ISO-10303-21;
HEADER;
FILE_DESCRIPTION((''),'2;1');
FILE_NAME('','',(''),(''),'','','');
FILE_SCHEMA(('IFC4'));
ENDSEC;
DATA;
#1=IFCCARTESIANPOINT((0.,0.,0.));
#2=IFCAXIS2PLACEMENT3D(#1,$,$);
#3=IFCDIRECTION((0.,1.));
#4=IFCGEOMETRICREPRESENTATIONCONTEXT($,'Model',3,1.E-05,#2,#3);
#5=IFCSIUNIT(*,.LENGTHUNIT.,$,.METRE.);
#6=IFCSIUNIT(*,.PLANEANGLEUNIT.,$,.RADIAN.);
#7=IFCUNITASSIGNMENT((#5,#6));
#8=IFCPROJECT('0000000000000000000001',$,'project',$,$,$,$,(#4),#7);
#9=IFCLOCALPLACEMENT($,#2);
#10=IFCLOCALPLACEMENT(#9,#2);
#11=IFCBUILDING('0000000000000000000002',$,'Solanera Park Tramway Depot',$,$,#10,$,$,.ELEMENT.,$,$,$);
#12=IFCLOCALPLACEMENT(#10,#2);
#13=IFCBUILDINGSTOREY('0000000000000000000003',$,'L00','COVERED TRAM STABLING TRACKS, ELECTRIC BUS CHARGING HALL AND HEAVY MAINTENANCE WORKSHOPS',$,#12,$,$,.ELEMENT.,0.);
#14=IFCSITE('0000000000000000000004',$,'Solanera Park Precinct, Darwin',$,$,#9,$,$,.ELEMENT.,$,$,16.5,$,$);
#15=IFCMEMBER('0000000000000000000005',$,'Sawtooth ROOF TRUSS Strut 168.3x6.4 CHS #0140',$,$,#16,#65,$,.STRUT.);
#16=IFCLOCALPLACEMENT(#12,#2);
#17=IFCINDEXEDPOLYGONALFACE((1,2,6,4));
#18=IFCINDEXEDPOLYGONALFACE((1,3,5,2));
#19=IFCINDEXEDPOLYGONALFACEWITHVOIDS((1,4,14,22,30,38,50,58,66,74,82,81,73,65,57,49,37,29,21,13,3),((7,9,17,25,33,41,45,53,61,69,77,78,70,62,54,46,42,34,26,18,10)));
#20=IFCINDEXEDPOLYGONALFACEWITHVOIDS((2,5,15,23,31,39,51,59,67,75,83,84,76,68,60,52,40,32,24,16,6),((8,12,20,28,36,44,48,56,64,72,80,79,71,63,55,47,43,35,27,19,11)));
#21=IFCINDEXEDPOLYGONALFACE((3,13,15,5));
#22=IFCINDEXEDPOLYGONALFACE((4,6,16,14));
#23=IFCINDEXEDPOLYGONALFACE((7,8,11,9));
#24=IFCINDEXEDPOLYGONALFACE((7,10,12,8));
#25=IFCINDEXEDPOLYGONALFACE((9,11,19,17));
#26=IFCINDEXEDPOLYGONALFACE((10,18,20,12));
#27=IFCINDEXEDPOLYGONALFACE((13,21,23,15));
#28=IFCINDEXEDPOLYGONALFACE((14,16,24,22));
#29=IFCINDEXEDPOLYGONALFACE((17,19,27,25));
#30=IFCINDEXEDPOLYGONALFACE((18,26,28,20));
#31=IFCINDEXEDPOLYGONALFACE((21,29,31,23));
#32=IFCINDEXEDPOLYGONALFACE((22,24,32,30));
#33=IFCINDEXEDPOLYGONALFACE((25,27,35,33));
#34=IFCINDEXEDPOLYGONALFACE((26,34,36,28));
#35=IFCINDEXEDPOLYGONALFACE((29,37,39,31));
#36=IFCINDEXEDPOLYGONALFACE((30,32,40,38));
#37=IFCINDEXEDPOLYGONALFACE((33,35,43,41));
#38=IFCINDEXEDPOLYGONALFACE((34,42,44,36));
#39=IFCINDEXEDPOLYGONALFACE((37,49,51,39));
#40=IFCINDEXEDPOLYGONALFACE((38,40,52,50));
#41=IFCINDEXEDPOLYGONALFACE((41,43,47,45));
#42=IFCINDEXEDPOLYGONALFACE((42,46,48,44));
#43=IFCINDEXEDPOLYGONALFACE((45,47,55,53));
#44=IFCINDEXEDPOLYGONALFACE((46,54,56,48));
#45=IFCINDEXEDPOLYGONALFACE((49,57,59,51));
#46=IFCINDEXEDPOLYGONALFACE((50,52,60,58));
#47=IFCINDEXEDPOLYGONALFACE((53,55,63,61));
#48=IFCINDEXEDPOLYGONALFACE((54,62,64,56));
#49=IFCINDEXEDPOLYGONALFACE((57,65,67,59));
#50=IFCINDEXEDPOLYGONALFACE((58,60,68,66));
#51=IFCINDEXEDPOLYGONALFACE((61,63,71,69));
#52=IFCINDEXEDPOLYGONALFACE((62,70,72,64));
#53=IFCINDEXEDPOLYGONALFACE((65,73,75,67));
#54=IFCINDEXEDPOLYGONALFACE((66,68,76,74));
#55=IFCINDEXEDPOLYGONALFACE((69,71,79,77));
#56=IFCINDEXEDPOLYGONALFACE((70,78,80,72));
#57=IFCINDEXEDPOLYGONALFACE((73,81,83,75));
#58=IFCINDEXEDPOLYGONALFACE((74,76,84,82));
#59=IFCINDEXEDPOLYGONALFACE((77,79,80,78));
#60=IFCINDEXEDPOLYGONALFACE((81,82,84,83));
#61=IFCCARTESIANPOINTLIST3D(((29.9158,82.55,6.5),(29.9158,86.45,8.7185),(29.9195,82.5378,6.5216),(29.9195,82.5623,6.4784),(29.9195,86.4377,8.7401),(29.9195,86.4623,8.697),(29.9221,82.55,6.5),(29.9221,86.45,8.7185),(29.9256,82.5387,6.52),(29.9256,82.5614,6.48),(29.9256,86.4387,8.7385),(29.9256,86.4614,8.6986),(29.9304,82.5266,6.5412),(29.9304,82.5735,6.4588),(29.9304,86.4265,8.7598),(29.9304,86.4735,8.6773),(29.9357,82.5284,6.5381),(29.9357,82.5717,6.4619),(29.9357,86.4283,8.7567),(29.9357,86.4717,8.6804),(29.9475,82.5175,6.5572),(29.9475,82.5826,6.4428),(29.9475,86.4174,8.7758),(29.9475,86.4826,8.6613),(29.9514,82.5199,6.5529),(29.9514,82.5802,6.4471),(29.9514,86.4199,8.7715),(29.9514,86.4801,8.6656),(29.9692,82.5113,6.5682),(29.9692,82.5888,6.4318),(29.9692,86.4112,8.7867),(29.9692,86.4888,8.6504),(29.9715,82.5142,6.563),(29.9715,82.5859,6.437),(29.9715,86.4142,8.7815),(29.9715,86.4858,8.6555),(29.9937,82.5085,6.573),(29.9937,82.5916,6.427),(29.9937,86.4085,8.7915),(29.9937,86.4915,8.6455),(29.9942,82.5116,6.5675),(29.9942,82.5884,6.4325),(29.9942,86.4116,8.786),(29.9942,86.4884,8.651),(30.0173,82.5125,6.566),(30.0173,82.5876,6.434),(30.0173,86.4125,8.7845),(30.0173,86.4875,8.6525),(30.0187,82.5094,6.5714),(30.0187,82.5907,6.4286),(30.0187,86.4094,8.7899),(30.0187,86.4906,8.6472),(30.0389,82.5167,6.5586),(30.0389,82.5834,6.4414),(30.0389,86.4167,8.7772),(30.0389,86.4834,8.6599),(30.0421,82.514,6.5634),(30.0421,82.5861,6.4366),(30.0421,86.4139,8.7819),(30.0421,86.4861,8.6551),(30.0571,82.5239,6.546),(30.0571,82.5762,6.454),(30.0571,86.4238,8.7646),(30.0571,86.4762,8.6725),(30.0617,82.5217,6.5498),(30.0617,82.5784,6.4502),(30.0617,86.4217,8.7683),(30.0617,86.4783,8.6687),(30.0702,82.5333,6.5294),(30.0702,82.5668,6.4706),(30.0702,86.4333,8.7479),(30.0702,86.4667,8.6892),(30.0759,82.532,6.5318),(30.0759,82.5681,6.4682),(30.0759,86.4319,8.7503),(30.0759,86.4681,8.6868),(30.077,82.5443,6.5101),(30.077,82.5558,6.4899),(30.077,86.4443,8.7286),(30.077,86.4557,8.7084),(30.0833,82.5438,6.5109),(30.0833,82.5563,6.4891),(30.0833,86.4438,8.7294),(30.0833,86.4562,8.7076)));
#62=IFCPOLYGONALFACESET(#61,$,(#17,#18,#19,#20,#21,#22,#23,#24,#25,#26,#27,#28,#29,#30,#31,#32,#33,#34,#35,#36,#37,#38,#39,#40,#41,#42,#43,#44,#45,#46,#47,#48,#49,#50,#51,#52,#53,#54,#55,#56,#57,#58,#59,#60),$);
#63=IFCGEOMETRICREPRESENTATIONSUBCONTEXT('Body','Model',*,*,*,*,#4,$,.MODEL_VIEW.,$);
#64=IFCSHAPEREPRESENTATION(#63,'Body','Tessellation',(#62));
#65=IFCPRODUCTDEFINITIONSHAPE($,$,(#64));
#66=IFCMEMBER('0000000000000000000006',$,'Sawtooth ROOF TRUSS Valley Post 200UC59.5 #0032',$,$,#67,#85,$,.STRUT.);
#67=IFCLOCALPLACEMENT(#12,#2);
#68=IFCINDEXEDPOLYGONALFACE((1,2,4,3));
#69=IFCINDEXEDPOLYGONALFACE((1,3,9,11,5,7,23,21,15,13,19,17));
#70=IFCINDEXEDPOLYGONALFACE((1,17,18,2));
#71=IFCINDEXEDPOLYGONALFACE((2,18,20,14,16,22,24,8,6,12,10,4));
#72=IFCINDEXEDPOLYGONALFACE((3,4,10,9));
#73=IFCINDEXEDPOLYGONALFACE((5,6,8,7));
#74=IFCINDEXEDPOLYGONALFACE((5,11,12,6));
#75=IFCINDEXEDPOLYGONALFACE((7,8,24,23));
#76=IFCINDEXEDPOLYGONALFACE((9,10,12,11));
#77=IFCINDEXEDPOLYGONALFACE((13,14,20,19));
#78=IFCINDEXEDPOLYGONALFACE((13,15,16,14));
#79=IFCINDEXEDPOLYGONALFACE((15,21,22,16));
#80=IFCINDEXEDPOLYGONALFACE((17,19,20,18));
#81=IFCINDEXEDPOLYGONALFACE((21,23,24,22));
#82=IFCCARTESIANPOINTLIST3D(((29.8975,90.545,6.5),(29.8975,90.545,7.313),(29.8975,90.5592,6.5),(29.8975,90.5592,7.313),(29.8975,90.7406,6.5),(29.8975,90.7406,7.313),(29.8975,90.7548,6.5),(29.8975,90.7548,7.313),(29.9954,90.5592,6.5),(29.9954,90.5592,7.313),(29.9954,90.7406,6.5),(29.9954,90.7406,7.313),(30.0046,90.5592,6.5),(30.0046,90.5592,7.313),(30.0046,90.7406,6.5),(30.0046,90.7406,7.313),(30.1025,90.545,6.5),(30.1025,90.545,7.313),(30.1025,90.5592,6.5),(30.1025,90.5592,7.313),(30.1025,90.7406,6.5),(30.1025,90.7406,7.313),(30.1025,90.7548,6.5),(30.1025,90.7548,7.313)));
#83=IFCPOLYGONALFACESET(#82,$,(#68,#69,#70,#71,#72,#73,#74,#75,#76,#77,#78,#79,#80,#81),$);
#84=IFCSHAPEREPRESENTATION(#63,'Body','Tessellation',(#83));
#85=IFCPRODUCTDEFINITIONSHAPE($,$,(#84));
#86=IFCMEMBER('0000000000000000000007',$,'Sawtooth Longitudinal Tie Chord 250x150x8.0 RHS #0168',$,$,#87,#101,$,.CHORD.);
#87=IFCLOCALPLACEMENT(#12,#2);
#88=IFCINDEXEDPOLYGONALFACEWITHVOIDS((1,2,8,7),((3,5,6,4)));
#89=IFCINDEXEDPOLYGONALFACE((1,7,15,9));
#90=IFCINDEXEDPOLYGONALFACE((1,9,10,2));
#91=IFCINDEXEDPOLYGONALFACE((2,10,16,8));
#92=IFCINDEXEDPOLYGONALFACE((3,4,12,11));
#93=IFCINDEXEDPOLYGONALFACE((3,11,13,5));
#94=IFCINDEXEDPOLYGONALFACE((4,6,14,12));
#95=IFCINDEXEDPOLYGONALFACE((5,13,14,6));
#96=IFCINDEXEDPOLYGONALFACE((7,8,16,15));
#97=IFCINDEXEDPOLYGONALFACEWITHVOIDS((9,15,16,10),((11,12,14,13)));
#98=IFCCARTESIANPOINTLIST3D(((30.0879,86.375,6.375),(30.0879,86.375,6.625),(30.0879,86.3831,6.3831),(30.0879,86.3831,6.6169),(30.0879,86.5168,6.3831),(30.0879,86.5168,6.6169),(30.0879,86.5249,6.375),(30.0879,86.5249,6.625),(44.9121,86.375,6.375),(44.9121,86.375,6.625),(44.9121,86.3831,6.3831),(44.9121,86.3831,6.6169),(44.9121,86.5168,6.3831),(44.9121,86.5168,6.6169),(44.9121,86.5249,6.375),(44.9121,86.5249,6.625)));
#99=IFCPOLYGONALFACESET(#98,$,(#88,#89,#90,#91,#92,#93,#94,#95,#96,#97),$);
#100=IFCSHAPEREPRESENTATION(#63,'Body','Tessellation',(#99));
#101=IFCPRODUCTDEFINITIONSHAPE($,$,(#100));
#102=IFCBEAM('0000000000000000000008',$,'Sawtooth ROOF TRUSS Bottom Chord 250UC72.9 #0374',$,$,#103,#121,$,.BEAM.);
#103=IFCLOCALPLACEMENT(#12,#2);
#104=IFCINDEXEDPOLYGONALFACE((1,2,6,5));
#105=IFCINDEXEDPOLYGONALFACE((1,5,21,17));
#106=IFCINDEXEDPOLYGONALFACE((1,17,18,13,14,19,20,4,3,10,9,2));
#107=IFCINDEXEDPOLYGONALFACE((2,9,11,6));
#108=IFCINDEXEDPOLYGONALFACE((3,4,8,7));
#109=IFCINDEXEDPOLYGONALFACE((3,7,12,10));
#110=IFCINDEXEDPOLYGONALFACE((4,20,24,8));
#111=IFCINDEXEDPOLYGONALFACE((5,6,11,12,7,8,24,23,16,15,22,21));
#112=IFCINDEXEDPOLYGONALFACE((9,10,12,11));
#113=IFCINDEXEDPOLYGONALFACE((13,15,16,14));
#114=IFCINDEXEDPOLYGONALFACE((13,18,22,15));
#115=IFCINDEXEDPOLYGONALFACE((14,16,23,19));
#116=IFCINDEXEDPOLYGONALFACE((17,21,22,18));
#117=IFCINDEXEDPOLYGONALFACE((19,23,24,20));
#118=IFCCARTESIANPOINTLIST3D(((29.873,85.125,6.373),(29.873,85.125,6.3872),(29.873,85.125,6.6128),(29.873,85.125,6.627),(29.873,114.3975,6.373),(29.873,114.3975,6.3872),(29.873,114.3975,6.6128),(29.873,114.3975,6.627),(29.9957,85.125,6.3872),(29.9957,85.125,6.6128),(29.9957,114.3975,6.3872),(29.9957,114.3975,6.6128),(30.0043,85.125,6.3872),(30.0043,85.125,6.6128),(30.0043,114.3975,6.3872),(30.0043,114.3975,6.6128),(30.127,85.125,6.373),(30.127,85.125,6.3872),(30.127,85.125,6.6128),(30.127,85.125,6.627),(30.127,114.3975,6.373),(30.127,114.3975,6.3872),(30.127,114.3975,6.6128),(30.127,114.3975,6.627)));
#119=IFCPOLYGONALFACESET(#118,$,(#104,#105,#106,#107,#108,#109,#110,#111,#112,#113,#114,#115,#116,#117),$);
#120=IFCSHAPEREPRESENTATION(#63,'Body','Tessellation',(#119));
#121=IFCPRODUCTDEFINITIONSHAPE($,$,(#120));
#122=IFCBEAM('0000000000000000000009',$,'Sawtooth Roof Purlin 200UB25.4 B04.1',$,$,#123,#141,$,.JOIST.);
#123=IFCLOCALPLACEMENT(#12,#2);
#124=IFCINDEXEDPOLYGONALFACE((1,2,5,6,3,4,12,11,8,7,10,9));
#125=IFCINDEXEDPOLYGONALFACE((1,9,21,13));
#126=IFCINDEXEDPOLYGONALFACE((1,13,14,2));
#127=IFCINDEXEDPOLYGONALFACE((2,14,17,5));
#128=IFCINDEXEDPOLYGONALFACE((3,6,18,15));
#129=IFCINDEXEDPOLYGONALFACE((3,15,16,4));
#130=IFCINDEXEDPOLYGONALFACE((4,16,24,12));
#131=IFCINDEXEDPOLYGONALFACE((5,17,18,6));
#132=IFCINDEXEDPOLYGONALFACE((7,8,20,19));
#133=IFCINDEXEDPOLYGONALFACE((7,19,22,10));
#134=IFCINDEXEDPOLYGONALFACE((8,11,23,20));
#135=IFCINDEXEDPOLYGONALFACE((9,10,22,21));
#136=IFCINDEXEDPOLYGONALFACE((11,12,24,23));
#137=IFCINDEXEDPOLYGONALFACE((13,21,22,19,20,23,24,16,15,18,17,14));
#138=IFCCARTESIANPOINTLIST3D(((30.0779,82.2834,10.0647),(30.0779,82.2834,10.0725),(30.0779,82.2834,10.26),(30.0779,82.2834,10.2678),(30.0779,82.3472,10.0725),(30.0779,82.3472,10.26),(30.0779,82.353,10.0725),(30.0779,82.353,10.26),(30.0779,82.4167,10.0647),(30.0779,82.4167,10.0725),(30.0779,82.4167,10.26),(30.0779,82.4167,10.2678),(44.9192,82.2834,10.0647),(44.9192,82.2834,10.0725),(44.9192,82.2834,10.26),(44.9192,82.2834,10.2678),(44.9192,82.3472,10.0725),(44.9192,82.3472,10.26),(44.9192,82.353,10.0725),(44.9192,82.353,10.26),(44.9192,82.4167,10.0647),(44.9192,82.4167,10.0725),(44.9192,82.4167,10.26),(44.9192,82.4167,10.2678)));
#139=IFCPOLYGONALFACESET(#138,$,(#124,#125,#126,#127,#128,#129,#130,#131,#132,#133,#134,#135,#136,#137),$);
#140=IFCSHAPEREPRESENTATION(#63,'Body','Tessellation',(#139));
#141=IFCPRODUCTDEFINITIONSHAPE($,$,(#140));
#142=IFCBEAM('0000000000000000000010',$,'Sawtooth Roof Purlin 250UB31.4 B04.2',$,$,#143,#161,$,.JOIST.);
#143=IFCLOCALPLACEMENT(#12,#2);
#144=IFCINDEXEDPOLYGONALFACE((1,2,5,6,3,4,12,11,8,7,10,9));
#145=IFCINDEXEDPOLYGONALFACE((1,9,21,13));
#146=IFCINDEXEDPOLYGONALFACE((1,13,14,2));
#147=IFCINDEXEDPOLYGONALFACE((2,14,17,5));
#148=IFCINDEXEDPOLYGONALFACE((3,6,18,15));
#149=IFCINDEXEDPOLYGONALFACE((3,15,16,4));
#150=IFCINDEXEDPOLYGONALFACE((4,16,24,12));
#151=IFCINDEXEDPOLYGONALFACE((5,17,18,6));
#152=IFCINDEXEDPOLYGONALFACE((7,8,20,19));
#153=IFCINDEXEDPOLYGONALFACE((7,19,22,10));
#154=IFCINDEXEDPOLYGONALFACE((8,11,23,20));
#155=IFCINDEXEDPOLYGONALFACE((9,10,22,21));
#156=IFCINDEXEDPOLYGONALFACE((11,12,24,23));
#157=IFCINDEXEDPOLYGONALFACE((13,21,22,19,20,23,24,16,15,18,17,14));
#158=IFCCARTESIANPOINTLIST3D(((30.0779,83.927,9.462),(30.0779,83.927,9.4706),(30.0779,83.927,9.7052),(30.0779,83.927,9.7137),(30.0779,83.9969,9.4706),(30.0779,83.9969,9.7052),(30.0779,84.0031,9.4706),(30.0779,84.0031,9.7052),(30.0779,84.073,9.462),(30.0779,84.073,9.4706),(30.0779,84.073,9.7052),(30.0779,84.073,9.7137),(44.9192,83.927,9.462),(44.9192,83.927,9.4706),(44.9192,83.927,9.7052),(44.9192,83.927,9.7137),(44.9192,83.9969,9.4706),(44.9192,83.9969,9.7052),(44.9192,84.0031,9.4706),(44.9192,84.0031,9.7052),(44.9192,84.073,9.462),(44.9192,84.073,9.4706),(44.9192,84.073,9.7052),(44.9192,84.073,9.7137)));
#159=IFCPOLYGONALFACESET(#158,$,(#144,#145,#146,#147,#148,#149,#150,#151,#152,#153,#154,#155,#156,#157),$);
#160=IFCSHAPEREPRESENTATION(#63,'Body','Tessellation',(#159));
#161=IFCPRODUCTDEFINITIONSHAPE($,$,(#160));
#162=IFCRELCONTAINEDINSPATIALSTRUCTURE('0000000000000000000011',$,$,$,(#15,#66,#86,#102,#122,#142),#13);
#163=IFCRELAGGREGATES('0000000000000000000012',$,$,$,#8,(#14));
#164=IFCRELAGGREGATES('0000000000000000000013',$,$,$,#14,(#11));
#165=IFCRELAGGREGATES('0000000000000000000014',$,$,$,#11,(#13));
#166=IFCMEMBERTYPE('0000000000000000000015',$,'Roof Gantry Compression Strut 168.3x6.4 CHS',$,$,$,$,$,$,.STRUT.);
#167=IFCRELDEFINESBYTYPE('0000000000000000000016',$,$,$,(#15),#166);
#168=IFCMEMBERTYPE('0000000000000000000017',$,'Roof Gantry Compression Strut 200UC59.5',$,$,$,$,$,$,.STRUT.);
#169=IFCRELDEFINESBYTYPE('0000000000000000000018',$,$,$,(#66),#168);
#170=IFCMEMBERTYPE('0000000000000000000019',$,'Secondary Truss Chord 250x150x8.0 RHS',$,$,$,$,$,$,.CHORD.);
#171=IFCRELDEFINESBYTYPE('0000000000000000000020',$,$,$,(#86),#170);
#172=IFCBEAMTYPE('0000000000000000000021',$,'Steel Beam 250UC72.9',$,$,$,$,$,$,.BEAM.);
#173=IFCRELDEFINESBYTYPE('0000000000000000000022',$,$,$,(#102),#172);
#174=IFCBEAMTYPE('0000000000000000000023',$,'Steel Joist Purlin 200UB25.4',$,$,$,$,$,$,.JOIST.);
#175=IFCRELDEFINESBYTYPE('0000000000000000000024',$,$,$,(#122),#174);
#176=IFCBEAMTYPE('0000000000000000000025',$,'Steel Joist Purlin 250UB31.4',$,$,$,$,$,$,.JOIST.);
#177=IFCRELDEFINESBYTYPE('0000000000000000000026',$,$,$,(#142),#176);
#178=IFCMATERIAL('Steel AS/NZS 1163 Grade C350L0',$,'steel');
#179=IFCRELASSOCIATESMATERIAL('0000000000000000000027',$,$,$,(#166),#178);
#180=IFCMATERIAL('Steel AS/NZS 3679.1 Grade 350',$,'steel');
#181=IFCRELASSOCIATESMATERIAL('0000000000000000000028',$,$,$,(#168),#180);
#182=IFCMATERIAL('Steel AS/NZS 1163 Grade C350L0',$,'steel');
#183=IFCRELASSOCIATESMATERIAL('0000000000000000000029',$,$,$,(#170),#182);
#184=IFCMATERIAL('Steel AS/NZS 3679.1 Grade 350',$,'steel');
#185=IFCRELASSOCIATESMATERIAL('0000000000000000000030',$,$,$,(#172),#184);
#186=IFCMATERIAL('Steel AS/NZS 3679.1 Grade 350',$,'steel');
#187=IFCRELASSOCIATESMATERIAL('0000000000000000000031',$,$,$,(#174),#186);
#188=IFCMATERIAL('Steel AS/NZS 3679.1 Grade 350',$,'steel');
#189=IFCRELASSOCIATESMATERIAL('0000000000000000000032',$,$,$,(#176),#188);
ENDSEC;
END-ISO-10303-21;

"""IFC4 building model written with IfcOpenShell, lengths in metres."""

from ifc_helpers import new_model, si_unit, direction, frame, origin, origin_2d, place, context, subcontext, project, spatial, hollow_rectangle, hollow_circle, i_section, extrude, material, material_profile, profile_set, type_object, element, save


model = new_model("IFC4")

# Units and contexts
model_context = context("Model", 3, precision=1e-05, world=origin(), true_north=direction((0.0, 1.0)))
body_context = subcontext(model_context, "Body", "Model", "MODEL_VIEW")
ifc_project = project(units=[si_unit("LENGTHUNIT", "METRE"), si_unit("PLANEANGLEUNIT", "RADIAN")], contexts=[model_context])

# Site, building, storey
site_placement = place(None, origin())
site = spatial("IfcSite", under=ifc_project, at=site_placement, Name="Solanera Park Precinct, Darwin", CompositionType="ELEMENT", RefElevation=16.5)
building_placement = place(site_placement, origin())
building = spatial("IfcBuilding", under=site, at=building_placement, Name="Solanera Park Tramway Depot", CompositionType="ELEMENT")
storey_placement = place(building_placement, origin())
storey = spatial("IfcBuildingStorey", under=building, at=storey_placement, Name="L00", Description="COVERED TRAM STABLING TRACKS, ELECTRIC BUS CHARGING HALL AND HEAVY MAINTENANCE WORKSHOPS", CompositionType="ELEMENT", Elevation=0.0)

# Members
ifc_material_1 = material(Name="Steel AS/NZS 1163 Grade C350L0", Category="steel")
ifc_material_profile_1 = material_profile(ifc_material_1, hollow_circle(Radius=0.0842, WallThickness=0.0063, at=origin_2d()), Name="168.3x6.4 CHS")
ifc_profile_set_1 = profile_set([ifc_material_profile_1], Name="Steel AS/NZS 1163 Grade C350L0")
member_type_1 = type_object("IfcMemberType", Name="Roof Gantry Compression Strut 168.3x6.4 CHS", PredefinedType="STRUT", material=ifc_profile_set_1)
member_1_placement = place(storey_placement, frame((30.0, 82.55, 6.5), z_axis=(0.0, 0.869203, 0.494456), x_axis=(-1.0, 0.0, 0.0)))
element("IfcMember", 1, at=member_1_placement, inside=storey, type_object=member_type_1, Name="Sawtooth ROOF TRUSS Strut 168.3x6.4 CHS #0140", PredefinedType="STRUT", context=body_context, shape_type="SweptSolid", body=[
    extrude(hollow_circle(Radius=0.0842, WallThickness=0.0063, at=origin_2d()), origin(), (0.0, 0.0, 1.0), 4.4868),
])
ifc_material_2 = material(Name="Steel AS/NZS 3679.1 Grade 350", Category="steel")
ifc_material_profile_2 = material_profile(ifc_material_2, i_section(OverallWidth=0.2051, OverallDepth=0.2097, WebThickness=0.0093, FlangeThickness=0.0142, at=origin_2d()), Name="200UC59.5")
ifc_profile_set_2 = profile_set([ifc_material_profile_2], Name="Steel AS/NZS 3679.1 Grade 350")
member_type_2 = type_object("IfcMemberType", Name="Roof Gantry Compression Strut 200UC59.5", PredefinedType="STRUT", material=ifc_profile_set_2)
member_2_placement = place(storey_placement, frame((30.0, 90.6499, 6.5), z_axis=(0.0, 0.0, 1.0), x_axis=(1.0, 0.0, 0.0)))
element("IfcMember", 2, at=member_2_placement, inside=storey, type_object=member_type_2, Name="Sawtooth ROOF TRUSS Valley Post 200UC59.5 #0032", PredefinedType="STRUT", context=body_context, shape_type="SweptSolid", body=[
    extrude(i_section(OverallWidth=0.2051, OverallDepth=0.2097, WebThickness=0.0093, FlangeThickness=0.0142, at=origin_2d()), origin(), (0.0, 0.0, 1.0), 0.813),
])
ifc_material_3 = material(Name="Steel AS/NZS 1163 Grade C350L0", Category="steel")
ifc_material_profile_3 = material_profile(ifc_material_3, hollow_rectangle(XDim=0.1499, YDim=0.25, WallThickness=0.0081, at=origin_2d()), Name="250x150x8.0 RHS")
ifc_profile_set_3 = profile_set([ifc_material_profile_3], Name="Steel AS/NZS 1163 Grade C350L0")
member_type_3 = type_object("IfcMemberType", Name="Secondary Truss Chord 250x150x8.0 RHS", PredefinedType="CHORD", material=ifc_profile_set_3)
member_3_placement = place(storey_placement, frame((30.0879, 86.45, 6.5), z_axis=(1.0, 0.0, 0.0), x_axis=(0.0, 1.0, 0.0)))
element("IfcMember", 3, at=member_3_placement, inside=storey, type_object=member_type_3, Name="Sawtooth Longitudinal Tie Chord 250x150x8.0 RHS #0168", PredefinedType="CHORD", context=body_context, shape_type="SweptSolid", body=[
    extrude(hollow_rectangle(XDim=0.1499, YDim=0.25, WallThickness=0.0081, at=origin_2d()), origin(), (0.0, 0.0, 1.0), 14.8242),
])

# Beams
ifc_material_4 = material(Name="Steel AS/NZS 3679.1 Grade 350", Category="steel")
ifc_material_profile_4 = material_profile(ifc_material_4, i_section(OverallWidth=0.2539, OverallDepth=0.2539, WebThickness=0.0085, FlangeThickness=0.0142, at=origin_2d()), Name="250UC72.9")
ifc_profile_set_4 = profile_set([ifc_material_profile_4], Name="Steel AS/NZS 3679.1 Grade 350")
beam_type_1 = type_object("IfcBeamType", Name="Steel Beam 250UC72.9", PredefinedType="BEAM", material=ifc_profile_set_4)
beam_1_placement = place(storey_placement, frame((30.0, 85.125, 6.5), z_axis=(0.0, 1.0, 0.0), x_axis=(-1.0, 0.0, 0.0)))
element("IfcBeam", 4, at=beam_1_placement, inside=storey, type_object=beam_type_1, Name="Sawtooth ROOF TRUSS Bottom Chord 250UC72.9 #0374", PredefinedType="BEAM", context=body_context, shape_type="SweptSolid", body=[
    extrude(i_section(OverallWidth=0.2539, OverallDepth=0.2539, WebThickness=0.0085, FlangeThickness=0.0142, at=origin_2d()), origin(), (0.0, 0.0, 1.0), 29.2725),
])
ifc_material_5 = material(Name="Steel AS/NZS 3679.1 Grade 350", Category="steel")
ifc_material_profile_5 = material_profile(ifc_material_5, i_section(OverallWidth=0.1333, OverallDepth=0.2031, WebThickness=0.0059, FlangeThickness=0.0078, at=origin_2d()), Name="200UB25.4")
ifc_profile_set_5 = profile_set([ifc_material_profile_5], Name="Steel AS/NZS 3679.1 Grade 350")
beam_type_2 = type_object("IfcBeamType", Name="Steel Joist Purlin 200UB25.4", PredefinedType="JOIST", material=ifc_profile_set_5)
beam_2_placement = place(storey_placement, frame((30.0779, 82.3501, 10.1663), z_axis=(1.0, 0.0, 0.0), x_axis=(0.0, 1.0, 0.0)))
element("IfcBeam", 5, at=beam_2_placement, inside=storey, type_object=beam_type_2, Name="Sawtooth Roof Purlin 200UB25.4 B04.1", PredefinedType="JOIST", context=body_context, shape_type="SweptSolid", body=[
    extrude(i_section(OverallWidth=0.1333, OverallDepth=0.2031, WebThickness=0.0059, FlangeThickness=0.0078, at=origin_2d()), origin(), (0.0, 0.0, 1.0), 14.8413),
])
ifc_material_6 = material(Name="Steel AS/NZS 3679.1 Grade 350", Category="steel")
ifc_material_profile_6 = material_profile(ifc_material_6, i_section(OverallWidth=0.146, OverallDepth=0.2517, WebThickness=0.0061, FlangeThickness=0.0085, at=origin_2d()), Name="250UB31.4")
ifc_profile_set_6 = profile_set([ifc_material_profile_6], Name="Steel AS/NZS 3679.1 Grade 350")
beam_type_3 = type_object("IfcBeamType", Name="Steel Joist Purlin 250UB31.4", PredefinedType="JOIST", material=ifc_profile_set_6)
beam_3_placement = place(storey_placement, frame((30.0779, 84.0, 9.5879), z_axis=(1.0, 0.0, 0.0), x_axis=(0.0, 1.0, 0.0)))
element("IfcBeam", 6, at=beam_3_placement, inside=storey, type_object=beam_type_3, Name="Sawtooth Roof Purlin 250UB31.4 B04.2", PredefinedType="JOIST", context=body_context, shape_type="SweptSolid", body=[
    extrude(i_section(OverallWidth=0.146, OverallDepth=0.2517, WebThickness=0.0061, FlangeThickness=0.0085, at=origin_2d()), origin(), (0.0, 0.0, 1.0), 14.8413),
])

save(model, "model.ifc")
